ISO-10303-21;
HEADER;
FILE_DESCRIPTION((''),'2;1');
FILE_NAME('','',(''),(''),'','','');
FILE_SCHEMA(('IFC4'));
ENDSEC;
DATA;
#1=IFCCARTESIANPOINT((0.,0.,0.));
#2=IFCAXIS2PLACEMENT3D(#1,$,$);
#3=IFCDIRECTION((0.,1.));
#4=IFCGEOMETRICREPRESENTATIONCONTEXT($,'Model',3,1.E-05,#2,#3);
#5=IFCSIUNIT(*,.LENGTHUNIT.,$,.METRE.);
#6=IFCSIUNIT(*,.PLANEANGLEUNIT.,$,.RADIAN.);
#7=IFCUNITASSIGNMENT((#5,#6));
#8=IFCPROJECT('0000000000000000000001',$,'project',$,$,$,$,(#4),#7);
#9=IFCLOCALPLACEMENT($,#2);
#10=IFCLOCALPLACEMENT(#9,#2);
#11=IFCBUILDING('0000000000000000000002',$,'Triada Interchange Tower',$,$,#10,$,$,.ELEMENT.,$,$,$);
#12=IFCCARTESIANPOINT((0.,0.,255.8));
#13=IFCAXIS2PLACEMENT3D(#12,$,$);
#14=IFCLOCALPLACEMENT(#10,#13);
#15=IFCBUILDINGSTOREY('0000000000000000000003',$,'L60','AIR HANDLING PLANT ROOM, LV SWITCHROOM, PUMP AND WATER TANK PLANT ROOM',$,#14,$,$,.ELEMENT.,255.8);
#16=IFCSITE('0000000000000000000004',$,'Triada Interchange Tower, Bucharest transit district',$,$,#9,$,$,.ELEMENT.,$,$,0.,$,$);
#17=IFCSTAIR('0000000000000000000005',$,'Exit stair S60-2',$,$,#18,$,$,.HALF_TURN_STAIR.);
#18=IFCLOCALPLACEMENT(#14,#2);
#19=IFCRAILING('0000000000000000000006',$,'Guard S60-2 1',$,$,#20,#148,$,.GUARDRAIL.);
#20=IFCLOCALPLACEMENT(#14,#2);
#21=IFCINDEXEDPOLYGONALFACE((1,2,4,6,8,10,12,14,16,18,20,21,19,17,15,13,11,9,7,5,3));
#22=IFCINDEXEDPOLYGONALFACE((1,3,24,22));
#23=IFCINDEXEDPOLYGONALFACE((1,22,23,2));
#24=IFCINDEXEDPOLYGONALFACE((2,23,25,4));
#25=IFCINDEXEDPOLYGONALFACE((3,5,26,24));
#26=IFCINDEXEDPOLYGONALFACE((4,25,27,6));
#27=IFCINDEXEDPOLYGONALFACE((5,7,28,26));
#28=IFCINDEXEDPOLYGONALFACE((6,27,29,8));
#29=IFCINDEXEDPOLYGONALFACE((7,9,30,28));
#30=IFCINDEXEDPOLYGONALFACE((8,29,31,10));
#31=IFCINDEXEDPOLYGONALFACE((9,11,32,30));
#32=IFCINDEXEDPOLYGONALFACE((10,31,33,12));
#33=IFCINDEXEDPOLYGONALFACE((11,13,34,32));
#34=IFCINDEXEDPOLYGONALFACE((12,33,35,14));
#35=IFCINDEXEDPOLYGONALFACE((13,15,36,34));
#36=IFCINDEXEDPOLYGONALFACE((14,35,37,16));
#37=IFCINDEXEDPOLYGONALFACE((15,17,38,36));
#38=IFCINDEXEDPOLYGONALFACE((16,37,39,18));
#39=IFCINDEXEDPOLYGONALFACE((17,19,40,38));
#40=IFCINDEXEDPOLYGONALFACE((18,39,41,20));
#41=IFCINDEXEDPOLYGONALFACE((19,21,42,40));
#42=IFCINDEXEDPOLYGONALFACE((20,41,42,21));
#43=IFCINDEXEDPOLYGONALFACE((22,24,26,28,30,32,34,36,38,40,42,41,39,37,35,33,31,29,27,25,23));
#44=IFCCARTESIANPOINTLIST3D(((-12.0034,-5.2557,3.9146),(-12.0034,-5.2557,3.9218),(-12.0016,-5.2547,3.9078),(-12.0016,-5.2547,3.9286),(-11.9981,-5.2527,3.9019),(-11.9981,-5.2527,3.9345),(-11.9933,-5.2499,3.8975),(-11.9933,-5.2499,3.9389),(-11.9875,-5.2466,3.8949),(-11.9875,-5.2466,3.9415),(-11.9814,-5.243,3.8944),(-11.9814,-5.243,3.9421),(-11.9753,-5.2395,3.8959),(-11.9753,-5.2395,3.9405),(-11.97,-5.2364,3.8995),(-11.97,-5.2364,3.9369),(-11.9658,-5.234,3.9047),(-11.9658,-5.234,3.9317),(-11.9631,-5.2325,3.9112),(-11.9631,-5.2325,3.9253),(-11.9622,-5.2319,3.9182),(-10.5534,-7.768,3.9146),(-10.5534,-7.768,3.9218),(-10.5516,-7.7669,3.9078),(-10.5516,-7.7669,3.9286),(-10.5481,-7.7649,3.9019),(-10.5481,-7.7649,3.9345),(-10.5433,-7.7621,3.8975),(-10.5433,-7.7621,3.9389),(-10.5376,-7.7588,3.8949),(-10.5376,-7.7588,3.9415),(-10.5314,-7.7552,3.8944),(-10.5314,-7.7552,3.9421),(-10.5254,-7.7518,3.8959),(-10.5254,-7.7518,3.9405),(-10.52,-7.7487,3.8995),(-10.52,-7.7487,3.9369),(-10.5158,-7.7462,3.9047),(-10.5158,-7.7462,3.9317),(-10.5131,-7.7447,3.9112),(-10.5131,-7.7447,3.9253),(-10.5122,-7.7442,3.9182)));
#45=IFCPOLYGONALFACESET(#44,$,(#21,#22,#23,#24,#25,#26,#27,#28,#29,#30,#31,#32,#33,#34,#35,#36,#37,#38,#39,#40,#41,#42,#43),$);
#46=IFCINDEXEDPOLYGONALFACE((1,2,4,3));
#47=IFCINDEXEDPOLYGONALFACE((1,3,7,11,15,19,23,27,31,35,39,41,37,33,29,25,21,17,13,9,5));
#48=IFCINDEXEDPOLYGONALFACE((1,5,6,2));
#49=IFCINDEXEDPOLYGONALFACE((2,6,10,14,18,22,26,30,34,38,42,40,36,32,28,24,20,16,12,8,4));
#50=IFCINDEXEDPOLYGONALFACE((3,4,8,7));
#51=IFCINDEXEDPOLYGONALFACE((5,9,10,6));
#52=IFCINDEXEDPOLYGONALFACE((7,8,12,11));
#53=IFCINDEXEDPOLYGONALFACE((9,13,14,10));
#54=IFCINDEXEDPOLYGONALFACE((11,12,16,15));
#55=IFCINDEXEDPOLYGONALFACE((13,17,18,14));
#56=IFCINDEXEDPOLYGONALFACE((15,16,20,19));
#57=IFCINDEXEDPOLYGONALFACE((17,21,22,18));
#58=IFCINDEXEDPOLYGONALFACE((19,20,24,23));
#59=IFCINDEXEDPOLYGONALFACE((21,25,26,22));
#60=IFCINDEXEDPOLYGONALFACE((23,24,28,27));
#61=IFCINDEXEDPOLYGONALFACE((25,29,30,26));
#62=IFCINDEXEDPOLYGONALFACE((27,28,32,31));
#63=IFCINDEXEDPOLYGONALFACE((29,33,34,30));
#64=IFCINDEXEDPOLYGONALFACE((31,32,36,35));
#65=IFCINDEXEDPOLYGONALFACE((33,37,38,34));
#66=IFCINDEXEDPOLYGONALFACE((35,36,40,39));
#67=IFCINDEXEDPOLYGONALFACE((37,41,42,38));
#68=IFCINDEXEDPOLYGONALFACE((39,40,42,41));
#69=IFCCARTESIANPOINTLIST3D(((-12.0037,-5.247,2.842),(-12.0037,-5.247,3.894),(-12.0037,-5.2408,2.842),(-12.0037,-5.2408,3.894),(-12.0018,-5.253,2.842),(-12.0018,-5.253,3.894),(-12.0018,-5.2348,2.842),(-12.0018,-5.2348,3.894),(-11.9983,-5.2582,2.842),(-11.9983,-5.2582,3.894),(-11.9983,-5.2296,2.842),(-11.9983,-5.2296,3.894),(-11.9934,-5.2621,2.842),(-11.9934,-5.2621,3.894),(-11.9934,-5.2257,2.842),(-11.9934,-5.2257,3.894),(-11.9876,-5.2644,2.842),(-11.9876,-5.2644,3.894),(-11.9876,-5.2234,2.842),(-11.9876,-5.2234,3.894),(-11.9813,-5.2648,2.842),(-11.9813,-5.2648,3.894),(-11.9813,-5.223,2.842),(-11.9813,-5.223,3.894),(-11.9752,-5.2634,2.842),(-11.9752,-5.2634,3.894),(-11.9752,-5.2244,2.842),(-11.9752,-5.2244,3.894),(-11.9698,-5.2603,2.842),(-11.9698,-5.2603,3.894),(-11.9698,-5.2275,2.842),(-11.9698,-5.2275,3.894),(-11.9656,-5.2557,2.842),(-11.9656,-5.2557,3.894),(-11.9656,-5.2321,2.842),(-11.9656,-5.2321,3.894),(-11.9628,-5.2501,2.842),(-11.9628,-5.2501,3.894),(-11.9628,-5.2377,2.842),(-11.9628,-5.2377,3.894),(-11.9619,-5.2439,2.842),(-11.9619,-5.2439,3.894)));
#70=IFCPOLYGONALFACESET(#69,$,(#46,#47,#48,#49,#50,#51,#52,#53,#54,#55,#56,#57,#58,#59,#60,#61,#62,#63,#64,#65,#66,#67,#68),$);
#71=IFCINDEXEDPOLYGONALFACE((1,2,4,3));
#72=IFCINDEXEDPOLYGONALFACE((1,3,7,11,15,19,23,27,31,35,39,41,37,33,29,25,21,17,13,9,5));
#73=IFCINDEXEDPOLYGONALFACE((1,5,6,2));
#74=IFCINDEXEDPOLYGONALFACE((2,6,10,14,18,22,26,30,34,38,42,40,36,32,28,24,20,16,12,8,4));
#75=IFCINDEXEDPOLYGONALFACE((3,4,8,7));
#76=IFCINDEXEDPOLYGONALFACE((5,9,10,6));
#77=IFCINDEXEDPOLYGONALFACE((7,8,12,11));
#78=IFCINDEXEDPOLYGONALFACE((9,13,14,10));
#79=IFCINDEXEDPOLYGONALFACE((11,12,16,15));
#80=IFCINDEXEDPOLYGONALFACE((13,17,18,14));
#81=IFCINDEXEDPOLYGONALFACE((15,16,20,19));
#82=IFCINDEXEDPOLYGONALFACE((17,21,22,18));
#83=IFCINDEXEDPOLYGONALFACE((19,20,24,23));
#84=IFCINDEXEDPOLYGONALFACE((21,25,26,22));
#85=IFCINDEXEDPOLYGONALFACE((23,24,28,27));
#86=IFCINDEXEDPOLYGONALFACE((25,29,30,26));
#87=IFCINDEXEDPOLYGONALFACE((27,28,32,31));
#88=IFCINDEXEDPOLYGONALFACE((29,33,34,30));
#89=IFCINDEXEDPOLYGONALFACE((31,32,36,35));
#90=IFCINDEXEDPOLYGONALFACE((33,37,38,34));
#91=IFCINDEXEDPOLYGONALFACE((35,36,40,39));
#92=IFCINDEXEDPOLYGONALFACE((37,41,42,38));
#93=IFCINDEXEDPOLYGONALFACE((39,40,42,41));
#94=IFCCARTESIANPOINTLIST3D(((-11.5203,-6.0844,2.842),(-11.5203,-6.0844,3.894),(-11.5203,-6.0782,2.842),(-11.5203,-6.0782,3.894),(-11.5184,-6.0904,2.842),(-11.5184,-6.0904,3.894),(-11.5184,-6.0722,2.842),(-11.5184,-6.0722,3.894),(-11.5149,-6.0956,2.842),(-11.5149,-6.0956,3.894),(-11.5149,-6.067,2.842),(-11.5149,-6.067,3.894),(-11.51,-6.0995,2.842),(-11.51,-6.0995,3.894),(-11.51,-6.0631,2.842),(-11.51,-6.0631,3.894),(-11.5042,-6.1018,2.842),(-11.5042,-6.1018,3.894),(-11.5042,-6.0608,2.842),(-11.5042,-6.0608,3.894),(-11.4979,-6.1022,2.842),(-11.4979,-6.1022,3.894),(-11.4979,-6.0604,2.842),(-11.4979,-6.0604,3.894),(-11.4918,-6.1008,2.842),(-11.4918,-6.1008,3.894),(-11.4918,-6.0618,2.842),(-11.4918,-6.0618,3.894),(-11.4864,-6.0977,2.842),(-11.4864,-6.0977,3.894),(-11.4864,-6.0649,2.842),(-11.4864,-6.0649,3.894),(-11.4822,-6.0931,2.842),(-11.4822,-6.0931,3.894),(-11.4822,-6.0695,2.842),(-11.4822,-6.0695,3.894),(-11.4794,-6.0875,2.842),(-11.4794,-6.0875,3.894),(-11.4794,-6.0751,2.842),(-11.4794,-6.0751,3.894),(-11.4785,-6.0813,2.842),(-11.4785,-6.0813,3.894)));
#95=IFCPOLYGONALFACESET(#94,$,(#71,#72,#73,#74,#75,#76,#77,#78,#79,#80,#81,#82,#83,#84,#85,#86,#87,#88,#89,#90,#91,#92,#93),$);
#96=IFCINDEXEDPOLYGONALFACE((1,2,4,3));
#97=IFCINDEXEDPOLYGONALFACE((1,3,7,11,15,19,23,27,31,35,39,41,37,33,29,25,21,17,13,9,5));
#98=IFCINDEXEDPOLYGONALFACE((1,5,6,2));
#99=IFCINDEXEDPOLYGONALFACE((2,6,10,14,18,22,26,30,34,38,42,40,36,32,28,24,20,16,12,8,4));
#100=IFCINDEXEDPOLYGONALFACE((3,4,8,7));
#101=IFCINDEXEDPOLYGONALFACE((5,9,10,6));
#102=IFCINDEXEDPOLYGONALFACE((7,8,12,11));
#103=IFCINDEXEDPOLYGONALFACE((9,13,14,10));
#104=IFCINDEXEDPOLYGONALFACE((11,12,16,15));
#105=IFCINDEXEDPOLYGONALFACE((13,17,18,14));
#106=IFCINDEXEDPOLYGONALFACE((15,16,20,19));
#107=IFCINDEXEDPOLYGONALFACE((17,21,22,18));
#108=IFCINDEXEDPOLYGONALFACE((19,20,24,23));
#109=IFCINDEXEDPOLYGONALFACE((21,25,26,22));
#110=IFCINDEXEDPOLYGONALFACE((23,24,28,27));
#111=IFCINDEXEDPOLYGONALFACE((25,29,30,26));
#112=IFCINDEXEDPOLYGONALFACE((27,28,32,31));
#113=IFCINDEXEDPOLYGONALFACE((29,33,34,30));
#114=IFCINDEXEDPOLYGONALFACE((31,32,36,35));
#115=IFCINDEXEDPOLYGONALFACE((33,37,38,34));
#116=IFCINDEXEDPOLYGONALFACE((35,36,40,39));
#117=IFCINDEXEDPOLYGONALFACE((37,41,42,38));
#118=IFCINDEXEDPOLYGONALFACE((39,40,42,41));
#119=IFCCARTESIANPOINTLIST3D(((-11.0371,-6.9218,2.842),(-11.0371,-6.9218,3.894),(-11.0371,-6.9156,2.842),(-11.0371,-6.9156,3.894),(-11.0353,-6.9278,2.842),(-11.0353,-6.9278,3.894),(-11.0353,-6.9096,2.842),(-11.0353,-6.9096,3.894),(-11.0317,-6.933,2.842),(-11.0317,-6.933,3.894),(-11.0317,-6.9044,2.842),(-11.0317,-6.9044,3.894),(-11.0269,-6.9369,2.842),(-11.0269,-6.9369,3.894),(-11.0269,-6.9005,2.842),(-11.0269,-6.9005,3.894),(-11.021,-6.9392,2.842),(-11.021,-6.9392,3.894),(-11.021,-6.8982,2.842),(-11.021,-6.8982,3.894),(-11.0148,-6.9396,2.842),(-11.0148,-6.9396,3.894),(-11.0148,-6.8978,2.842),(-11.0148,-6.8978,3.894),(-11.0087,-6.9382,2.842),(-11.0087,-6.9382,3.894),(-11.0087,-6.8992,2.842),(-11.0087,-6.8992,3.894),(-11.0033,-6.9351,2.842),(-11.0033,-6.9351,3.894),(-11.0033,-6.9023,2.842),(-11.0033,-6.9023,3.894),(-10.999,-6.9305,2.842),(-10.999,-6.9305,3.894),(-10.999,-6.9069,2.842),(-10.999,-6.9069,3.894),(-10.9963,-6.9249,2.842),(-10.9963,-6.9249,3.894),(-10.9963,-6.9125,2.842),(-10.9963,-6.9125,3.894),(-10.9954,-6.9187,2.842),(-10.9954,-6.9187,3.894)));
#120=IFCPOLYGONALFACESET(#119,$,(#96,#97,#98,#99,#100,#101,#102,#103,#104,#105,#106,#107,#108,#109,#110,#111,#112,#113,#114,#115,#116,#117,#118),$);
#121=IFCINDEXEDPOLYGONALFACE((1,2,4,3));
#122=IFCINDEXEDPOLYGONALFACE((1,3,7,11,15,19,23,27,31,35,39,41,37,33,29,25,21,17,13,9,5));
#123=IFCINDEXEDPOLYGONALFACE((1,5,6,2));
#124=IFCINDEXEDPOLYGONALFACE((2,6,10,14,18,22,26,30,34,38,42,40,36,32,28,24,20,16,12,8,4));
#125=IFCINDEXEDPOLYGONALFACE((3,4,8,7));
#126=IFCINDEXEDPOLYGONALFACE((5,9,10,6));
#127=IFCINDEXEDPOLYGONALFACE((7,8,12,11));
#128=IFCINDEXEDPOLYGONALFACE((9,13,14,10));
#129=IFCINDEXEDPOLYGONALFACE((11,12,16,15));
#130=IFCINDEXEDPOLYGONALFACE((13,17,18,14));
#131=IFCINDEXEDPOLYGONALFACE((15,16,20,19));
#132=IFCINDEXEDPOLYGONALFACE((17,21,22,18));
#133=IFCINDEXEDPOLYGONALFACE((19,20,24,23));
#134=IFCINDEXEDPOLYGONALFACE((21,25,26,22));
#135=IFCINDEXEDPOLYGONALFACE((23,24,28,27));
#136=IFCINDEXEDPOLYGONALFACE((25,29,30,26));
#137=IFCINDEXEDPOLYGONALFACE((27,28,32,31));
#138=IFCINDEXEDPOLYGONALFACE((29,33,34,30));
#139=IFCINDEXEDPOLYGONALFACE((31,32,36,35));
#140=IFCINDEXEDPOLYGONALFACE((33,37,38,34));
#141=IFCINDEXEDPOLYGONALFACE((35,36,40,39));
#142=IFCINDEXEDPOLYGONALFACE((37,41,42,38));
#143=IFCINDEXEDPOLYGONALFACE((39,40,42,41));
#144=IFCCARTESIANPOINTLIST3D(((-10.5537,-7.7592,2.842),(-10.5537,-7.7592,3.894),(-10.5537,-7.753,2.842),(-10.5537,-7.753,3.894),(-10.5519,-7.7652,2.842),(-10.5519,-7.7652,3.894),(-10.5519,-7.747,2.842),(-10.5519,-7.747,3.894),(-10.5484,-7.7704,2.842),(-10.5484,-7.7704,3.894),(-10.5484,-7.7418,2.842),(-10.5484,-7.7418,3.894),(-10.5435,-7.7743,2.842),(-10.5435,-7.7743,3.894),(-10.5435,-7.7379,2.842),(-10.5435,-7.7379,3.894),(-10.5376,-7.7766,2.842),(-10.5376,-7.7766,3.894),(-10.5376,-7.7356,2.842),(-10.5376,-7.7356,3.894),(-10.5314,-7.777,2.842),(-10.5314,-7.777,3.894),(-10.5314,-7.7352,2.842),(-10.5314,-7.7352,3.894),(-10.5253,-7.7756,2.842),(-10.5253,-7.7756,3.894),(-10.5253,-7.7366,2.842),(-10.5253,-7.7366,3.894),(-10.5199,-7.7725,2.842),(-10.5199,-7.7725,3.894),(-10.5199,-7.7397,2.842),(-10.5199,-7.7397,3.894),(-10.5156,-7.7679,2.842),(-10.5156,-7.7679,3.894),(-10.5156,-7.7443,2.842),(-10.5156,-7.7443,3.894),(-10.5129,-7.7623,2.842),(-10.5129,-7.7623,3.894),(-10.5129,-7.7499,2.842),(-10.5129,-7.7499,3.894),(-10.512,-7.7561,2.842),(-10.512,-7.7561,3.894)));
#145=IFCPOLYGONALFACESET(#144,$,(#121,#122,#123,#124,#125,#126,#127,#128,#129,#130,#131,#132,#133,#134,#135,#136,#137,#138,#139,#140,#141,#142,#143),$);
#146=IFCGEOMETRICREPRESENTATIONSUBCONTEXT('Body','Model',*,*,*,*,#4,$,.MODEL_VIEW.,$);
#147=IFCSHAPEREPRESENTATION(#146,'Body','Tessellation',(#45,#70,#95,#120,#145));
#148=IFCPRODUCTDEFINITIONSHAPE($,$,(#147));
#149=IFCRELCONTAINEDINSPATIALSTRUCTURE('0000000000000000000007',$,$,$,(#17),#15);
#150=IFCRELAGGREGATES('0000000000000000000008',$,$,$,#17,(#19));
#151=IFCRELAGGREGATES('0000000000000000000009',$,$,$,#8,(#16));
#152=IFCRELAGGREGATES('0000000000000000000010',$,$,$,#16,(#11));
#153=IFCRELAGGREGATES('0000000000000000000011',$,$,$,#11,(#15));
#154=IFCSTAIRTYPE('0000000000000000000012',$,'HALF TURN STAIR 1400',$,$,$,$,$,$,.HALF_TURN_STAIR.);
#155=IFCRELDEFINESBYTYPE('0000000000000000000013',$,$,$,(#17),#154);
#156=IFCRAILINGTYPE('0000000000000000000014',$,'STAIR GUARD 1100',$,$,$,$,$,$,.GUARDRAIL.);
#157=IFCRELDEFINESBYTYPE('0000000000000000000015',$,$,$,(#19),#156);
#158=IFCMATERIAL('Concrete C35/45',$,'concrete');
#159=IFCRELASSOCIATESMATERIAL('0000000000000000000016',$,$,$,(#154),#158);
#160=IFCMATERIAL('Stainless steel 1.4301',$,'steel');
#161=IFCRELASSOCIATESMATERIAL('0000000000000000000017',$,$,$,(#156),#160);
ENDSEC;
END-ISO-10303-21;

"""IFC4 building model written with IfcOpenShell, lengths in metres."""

from ifc_helpers import new_model, si_unit, direction, frame, origin, origin_2d, place, context, subcontext, project, spatial, circle, extrude, material, type_object, element, aggregate, save


model = new_model("IFC4")

# Units and contexts
model_context = context("Model", 3, precision=1e-05, world=origin(), true_north=direction((0.0, 1.0)))
body_context = subcontext(model_context, "Body", "Model", "MODEL_VIEW")
ifc_project = project(units=[si_unit("LENGTHUNIT", "METRE"), si_unit("PLANEANGLEUNIT", "RADIAN")], contexts=[model_context])

# Site, building, storey
site_placement = place(None, origin())
site = spatial("IfcSite", under=ifc_project, at=site_placement, Name="Triada Interchange Tower, Bucharest transit district", CompositionType="ELEMENT", RefElevation=0.0)
building_placement = place(site_placement, origin())
building = spatial("IfcBuilding", under=site, at=building_placement, Name="Triada Interchange Tower", CompositionType="ELEMENT")
storey_placement = place(building_placement, frame((0.0, 0.0, 255.8)))
storey = spatial("IfcBuildingStorey", under=building, at=storey_placement, Name="L60", Description="AIR HANDLING PLANT ROOM, LV SWITCHROOM, PUMP AND WATER TANK PLANT ROOM", CompositionType="ELEMENT", Elevation=255.8)

# Shared definitions
ifc_material_1 = material(Name="Concrete C35/45", Category="concrete")

# Stair, railing
stair_type = type_object("IfcStairType", Name="HALF TURN STAIR 1400", PredefinedType="HALF_TURN_STAIR", material=ifc_material_1)
stair_placement = place(storey_placement, origin())
stair = element("IfcStair", 1, at=stair_placement, inside=storey, type_object=stair_type, Name="Exit stair S60-2", PredefinedType="HALF_TURN_STAIR")
ifc_material_2 = material(Name="Stainless steel 1.4301", Category="steel")
railing_type = type_object("IfcRailingType", Name="STAIR GUARD 1100", PredefinedType="GUARDRAIL", material=ifc_material_2)
railing_placement = place(storey_placement, frame((-11.9829, -5.2439, 2.842)))
railing = element("IfcRailing", 2, at=railing_placement, type_object=railing_type, Name="Guard S60-2 1", PredefinedType="GUARDRAIL", context=body_context, shape_type="SweptSolid", body=[
    extrude(circle(Radius=0.0239, at=origin_2d()), frame((0.0, 0.0, 1.0762), z_axis=(0.499878, -0.866096, 0.0), x_axis=(0.866096, 0.499878, 0.0)), (0.0, 0.0, 1.0), 2.9006),
    extrude(circle(Radius=0.021, at=origin_2d()), origin(), (0.0, 0.0, 1.0), 1.052),
    extrude(circle(Radius=0.021, at=origin_2d()), frame((0.4834, -0.8374, 0.0)), (0.0, 0.0, 1.0), 1.052),
    extrude(circle(Radius=0.021, at=origin_2d()), frame((0.9666, -1.6748, 0.0)), (0.0, 0.0, 1.0), 1.052),
    extrude(circle(Radius=0.021, at=origin_2d()), frame((1.45, -2.5122, 0.0)), (0.0, 0.0, 1.0), 1.052),
])
aggregate(stair, [railing])

save(model, "model.ifc")
